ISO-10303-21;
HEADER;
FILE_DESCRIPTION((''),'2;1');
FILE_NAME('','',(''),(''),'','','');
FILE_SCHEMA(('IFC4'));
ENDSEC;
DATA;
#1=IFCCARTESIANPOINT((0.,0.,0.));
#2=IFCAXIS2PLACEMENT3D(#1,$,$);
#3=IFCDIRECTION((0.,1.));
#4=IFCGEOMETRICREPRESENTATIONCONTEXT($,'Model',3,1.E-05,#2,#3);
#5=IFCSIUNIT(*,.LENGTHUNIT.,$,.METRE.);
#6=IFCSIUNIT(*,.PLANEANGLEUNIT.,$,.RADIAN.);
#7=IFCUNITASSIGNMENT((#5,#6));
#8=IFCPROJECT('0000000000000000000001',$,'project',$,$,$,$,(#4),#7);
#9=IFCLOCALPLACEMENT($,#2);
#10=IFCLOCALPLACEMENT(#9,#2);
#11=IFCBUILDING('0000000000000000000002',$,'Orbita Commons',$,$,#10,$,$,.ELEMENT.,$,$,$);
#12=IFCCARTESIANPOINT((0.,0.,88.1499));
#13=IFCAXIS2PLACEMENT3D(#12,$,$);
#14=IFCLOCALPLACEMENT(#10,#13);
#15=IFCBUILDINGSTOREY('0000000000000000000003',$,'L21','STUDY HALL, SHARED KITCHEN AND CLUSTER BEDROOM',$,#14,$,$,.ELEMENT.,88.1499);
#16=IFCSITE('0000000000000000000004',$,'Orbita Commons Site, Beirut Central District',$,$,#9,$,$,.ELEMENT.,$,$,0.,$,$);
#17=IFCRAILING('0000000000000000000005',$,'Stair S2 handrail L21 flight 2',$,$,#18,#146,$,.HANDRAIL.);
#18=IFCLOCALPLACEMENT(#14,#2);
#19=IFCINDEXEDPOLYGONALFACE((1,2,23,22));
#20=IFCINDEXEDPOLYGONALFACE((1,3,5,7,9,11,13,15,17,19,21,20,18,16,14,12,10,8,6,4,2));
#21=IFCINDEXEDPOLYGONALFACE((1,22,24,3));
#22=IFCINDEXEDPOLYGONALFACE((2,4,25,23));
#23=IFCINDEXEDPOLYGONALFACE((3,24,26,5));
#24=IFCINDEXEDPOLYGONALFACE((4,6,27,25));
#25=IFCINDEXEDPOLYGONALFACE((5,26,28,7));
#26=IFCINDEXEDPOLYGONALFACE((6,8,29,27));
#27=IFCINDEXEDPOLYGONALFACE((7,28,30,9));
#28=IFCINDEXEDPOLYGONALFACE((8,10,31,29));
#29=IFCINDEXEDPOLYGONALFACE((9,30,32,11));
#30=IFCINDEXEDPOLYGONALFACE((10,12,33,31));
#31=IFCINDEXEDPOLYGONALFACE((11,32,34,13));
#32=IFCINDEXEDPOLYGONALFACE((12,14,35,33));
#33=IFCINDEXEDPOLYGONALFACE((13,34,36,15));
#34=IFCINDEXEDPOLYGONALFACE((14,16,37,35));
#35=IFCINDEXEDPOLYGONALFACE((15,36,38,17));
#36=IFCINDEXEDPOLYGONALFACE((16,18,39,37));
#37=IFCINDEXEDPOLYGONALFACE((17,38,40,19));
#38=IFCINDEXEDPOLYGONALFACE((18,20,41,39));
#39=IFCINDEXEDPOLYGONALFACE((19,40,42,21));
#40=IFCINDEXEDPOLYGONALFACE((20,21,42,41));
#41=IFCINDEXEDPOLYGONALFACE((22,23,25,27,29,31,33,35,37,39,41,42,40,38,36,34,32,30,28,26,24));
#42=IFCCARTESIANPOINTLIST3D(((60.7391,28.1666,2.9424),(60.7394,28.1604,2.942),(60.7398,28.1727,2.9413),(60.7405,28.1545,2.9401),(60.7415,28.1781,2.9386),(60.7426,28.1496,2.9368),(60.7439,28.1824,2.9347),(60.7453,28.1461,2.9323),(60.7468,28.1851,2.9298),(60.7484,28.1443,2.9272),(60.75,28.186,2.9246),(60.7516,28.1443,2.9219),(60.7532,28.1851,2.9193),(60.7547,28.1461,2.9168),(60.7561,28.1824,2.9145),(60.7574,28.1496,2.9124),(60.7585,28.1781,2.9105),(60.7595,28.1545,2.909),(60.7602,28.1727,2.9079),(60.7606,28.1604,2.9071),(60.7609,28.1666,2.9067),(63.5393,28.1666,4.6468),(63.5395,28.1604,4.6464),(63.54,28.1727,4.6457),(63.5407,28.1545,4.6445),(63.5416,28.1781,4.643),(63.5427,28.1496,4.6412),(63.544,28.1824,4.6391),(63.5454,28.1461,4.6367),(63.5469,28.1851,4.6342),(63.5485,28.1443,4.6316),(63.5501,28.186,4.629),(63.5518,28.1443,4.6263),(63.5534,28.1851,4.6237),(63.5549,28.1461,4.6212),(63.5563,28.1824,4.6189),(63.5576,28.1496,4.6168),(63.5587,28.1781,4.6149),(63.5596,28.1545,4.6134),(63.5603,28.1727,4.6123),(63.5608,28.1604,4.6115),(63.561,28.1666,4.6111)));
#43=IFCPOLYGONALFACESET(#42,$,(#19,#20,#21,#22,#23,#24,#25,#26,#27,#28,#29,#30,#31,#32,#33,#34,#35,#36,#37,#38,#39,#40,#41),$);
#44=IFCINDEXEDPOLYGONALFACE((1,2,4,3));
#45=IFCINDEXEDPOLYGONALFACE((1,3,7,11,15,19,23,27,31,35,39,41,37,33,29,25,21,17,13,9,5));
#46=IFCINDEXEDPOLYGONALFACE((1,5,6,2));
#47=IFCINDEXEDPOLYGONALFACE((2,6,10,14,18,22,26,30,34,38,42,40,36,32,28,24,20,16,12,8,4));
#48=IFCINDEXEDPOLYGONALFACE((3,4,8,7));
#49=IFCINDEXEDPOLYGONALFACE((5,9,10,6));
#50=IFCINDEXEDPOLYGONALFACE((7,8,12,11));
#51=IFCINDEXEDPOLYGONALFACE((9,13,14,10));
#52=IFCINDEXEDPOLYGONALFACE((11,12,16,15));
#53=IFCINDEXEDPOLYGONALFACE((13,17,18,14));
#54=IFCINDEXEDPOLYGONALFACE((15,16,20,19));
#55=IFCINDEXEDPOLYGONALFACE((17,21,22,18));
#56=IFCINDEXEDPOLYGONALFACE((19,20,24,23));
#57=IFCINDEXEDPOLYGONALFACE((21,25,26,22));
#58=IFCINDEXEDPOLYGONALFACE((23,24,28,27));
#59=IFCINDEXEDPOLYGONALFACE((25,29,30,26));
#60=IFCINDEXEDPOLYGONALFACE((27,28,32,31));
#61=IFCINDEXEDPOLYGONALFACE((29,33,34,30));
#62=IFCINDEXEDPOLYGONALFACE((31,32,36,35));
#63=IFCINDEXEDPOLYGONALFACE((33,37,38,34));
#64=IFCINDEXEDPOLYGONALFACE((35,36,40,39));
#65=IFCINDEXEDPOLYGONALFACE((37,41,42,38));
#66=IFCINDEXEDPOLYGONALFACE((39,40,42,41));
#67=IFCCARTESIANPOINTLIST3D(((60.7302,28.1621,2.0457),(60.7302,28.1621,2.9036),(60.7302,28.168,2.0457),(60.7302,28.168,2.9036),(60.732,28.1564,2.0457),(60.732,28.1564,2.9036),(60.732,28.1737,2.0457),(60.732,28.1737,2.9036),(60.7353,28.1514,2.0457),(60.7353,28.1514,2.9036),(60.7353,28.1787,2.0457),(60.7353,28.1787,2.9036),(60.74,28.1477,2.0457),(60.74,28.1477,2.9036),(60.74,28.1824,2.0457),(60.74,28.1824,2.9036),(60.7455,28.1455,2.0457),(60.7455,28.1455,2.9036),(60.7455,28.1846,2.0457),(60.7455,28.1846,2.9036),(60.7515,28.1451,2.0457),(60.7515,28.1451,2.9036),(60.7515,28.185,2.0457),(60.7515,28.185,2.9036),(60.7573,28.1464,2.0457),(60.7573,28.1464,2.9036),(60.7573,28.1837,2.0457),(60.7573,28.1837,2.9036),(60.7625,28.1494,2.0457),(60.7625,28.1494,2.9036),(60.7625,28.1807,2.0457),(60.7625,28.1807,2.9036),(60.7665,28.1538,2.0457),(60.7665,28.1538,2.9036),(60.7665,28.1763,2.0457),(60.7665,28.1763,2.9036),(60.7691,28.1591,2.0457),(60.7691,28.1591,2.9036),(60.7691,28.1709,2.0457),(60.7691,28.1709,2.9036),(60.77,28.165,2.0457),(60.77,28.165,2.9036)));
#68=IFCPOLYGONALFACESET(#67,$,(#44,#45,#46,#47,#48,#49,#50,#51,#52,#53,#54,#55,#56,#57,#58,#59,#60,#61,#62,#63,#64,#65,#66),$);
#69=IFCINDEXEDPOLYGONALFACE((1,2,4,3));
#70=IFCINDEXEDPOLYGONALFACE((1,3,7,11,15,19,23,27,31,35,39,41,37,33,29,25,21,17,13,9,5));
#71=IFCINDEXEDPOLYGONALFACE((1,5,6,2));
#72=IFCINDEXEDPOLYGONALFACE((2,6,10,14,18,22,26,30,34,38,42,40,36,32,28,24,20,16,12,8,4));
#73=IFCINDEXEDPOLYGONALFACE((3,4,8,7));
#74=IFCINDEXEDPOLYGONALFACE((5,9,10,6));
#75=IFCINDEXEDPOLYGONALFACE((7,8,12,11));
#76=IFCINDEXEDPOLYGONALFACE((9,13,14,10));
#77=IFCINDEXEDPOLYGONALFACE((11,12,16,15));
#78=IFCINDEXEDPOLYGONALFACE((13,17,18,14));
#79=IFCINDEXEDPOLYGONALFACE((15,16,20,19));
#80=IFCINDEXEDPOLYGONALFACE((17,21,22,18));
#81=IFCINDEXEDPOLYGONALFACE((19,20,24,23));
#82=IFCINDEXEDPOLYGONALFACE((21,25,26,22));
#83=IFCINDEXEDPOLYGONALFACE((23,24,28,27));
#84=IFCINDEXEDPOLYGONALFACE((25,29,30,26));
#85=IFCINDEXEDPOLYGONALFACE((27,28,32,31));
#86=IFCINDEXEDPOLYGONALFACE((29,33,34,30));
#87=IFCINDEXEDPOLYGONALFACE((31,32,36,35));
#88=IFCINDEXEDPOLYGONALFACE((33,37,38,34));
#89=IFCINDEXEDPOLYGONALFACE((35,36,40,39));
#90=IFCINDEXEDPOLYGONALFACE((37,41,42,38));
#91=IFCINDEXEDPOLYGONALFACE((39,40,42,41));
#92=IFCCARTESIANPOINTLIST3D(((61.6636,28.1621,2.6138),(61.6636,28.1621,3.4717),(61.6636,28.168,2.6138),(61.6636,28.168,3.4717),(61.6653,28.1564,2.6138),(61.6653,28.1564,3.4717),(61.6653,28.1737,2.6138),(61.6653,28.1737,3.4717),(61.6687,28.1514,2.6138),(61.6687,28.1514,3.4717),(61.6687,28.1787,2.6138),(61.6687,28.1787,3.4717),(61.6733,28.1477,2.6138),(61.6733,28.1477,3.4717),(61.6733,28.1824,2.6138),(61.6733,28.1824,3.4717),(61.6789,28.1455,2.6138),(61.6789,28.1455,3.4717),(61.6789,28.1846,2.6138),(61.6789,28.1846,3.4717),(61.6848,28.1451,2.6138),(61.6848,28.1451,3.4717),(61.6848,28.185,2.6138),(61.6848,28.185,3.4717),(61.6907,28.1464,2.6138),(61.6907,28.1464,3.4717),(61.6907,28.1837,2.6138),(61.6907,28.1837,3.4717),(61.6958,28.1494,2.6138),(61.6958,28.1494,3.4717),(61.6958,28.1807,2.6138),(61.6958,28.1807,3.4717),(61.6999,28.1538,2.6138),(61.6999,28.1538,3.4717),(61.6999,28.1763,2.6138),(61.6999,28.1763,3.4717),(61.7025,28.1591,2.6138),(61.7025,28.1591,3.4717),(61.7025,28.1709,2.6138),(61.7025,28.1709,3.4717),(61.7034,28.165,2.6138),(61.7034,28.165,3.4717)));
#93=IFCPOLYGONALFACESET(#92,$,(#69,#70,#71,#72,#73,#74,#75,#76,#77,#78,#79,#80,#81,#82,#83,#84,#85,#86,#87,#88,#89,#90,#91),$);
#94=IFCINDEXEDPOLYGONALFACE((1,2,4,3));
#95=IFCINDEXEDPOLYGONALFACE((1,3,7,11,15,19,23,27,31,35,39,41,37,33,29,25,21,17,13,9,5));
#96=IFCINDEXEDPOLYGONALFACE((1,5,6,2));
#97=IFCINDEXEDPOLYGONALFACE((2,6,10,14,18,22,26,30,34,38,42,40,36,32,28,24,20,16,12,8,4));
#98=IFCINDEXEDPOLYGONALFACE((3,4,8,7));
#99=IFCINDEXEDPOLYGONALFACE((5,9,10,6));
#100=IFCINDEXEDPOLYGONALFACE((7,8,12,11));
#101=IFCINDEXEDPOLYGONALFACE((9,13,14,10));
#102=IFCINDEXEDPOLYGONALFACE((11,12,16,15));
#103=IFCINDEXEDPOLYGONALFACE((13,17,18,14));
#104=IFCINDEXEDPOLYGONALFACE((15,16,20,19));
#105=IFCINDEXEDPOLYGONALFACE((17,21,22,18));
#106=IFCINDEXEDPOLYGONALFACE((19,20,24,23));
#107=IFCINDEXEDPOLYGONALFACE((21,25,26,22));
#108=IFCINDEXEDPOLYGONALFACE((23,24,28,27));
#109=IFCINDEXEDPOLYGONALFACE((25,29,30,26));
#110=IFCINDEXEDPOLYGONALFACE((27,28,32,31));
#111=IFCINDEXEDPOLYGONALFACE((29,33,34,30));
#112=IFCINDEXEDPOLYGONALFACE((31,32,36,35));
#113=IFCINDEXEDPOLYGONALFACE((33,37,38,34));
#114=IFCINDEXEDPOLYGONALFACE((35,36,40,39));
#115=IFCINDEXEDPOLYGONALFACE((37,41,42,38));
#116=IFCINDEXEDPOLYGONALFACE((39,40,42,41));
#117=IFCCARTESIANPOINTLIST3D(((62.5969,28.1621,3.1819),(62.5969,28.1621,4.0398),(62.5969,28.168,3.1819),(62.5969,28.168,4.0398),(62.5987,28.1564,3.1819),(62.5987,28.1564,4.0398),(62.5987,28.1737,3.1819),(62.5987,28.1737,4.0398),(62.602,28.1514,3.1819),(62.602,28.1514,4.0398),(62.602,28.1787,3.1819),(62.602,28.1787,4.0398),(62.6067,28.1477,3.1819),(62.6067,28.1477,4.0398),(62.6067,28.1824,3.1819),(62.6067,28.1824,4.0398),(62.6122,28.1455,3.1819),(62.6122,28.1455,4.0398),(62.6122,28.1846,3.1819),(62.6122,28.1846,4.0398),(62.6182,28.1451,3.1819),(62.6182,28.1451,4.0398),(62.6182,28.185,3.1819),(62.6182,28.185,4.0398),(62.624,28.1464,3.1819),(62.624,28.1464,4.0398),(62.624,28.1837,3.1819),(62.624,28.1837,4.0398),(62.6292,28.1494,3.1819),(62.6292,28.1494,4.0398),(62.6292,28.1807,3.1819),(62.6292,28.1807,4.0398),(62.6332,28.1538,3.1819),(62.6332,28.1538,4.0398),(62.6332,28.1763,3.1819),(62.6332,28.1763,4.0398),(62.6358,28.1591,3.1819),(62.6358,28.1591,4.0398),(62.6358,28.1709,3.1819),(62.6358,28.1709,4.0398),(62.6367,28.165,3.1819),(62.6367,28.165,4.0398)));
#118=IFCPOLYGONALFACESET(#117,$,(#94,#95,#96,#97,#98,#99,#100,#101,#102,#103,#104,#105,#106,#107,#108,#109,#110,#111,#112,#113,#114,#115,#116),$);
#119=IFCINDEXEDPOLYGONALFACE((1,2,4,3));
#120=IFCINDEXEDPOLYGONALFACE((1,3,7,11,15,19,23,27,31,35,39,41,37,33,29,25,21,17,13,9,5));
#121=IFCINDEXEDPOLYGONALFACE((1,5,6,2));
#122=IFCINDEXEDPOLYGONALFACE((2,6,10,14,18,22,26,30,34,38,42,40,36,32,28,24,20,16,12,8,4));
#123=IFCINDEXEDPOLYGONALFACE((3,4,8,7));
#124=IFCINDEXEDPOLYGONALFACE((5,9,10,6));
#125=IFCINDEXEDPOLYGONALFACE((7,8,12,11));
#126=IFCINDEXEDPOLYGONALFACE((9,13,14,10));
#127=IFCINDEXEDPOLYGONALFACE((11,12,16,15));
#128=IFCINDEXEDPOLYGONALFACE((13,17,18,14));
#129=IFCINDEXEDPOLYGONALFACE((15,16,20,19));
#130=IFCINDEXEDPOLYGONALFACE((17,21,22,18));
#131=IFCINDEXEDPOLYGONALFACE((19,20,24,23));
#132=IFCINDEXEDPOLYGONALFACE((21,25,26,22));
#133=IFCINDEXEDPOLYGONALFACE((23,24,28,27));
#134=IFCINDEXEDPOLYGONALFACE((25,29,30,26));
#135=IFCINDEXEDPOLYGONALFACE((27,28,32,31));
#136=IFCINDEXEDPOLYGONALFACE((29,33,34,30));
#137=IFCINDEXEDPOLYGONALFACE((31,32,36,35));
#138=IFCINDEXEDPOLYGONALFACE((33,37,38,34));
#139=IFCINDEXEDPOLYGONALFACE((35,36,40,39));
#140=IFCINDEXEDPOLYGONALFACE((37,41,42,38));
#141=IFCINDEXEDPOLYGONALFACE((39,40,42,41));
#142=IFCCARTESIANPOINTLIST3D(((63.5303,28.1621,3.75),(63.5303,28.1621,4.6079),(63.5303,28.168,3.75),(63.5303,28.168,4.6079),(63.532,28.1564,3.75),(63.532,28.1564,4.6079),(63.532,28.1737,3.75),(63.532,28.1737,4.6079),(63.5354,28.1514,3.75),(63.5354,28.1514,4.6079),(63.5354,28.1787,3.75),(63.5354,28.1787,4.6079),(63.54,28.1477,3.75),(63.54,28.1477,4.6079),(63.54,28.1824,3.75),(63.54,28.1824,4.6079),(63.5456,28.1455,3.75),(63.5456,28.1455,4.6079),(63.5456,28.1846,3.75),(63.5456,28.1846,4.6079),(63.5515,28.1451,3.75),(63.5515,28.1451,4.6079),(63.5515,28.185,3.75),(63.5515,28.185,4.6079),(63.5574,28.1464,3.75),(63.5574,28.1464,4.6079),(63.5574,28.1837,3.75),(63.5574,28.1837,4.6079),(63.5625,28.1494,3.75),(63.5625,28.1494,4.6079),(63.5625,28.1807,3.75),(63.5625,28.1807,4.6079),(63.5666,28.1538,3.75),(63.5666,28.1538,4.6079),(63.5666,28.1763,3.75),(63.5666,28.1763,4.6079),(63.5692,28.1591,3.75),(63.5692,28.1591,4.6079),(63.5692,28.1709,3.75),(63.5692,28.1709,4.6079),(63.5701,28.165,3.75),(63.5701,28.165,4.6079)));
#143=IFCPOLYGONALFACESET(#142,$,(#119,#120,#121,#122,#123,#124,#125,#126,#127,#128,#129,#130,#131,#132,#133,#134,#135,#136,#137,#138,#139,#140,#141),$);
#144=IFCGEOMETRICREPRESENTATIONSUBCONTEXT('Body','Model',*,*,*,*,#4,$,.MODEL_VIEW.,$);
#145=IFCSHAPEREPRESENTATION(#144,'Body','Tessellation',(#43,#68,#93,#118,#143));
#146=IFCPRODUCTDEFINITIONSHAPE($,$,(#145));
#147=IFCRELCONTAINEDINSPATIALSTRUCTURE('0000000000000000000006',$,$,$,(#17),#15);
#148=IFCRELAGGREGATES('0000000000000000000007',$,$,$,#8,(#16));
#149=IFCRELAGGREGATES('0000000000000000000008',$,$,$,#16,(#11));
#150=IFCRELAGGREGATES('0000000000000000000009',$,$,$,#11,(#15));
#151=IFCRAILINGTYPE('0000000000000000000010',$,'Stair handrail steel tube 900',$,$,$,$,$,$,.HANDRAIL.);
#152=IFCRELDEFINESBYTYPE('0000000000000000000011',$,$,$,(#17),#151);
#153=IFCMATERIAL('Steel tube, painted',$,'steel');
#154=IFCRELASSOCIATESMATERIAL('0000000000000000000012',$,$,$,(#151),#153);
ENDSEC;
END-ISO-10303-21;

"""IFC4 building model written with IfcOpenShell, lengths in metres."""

from ifc_helpers import new_model, si_unit, direction, frame, origin, origin_2d, place, context, subcontext, project, spatial, circle, extrude, material, type_object, element, save


model = new_model("IFC4")

# Units and contexts
model_context = context("Model", 3, precision=1e-05, world=origin(), true_north=direction((0.0, 1.0)))
body_context = subcontext(model_context, "Body", "Model", "MODEL_VIEW")
ifc_project = project(units=[si_unit("LENGTHUNIT", "METRE"), si_unit("PLANEANGLEUNIT", "RADIAN")], contexts=[model_context])

# Site, building, storey
site_placement = place(None, origin())
site = spatial("IfcSite", under=ifc_project, at=site_placement, Name="Orbita Commons Site, Beirut Central District", CompositionType="ELEMENT", RefElevation=0.0)
building_placement = place(site_placement, origin())
building = spatial("IfcBuilding", under=site, at=building_placement, Name="Orbita Commons", CompositionType="ELEMENT")
storey_placement = place(building_placement, frame((0.0, 0.0, 88.1499)))
storey = spatial("IfcBuildingStorey", under=building, at=storey_placement, Name="L21", Description="STUDY HALL, SHARED KITCHEN AND CLUSTER BEDROOM", CompositionType="ELEMENT", Elevation=88.1499)

# Railing
ifc_material_1 = material(Name="Steel tube, painted", Category="steel")
railing_type = type_object("IfcRailingType", Name="Stair handrail steel tube 900", PredefinedType="HANDRAIL", material=ifc_material_1)
railing_placement = place(storey_placement, frame((60.75, 28.165, 2.0457)))
element("IfcRailing", 1, at=railing_placement, inside=storey, type_object=railing_type, Name="Stair S2 handrail L21 flight 2", PredefinedType="HANDRAIL", context=body_context, shape_type="SweptSolid", body=[
    extrude(circle(Radius=0.021, at=origin_2d()), frame((0.0, 0.0, 0.8789), z_axis=(0.854203, 0.0, 0.51994), x_axis=(0.0, 1.0, 0.0)), (0.0, 0.0, 1.0), 3.2781),
    extrude(circle(Radius=0.02, at=origin_2d()), origin(), (0.0, 0.0, 1.0), 0.8579),
    extrude(circle(Radius=0.02, at=origin_2d()), frame((0.9333, 0.0, 0.5681)), (0.0, 0.0, 1.0), 0.8579),
    extrude(circle(Radius=0.02, at=origin_2d()), frame((1.8667, 0.0, 1.1362)), (0.0, 0.0, 1.0), 0.8579),
    extrude(circle(Radius=0.02, at=origin_2d()), frame((2.8, 0.0, 1.7043)), (0.0, 0.0, 1.0), 0.8579),
])

save(model, "model.ifc")
